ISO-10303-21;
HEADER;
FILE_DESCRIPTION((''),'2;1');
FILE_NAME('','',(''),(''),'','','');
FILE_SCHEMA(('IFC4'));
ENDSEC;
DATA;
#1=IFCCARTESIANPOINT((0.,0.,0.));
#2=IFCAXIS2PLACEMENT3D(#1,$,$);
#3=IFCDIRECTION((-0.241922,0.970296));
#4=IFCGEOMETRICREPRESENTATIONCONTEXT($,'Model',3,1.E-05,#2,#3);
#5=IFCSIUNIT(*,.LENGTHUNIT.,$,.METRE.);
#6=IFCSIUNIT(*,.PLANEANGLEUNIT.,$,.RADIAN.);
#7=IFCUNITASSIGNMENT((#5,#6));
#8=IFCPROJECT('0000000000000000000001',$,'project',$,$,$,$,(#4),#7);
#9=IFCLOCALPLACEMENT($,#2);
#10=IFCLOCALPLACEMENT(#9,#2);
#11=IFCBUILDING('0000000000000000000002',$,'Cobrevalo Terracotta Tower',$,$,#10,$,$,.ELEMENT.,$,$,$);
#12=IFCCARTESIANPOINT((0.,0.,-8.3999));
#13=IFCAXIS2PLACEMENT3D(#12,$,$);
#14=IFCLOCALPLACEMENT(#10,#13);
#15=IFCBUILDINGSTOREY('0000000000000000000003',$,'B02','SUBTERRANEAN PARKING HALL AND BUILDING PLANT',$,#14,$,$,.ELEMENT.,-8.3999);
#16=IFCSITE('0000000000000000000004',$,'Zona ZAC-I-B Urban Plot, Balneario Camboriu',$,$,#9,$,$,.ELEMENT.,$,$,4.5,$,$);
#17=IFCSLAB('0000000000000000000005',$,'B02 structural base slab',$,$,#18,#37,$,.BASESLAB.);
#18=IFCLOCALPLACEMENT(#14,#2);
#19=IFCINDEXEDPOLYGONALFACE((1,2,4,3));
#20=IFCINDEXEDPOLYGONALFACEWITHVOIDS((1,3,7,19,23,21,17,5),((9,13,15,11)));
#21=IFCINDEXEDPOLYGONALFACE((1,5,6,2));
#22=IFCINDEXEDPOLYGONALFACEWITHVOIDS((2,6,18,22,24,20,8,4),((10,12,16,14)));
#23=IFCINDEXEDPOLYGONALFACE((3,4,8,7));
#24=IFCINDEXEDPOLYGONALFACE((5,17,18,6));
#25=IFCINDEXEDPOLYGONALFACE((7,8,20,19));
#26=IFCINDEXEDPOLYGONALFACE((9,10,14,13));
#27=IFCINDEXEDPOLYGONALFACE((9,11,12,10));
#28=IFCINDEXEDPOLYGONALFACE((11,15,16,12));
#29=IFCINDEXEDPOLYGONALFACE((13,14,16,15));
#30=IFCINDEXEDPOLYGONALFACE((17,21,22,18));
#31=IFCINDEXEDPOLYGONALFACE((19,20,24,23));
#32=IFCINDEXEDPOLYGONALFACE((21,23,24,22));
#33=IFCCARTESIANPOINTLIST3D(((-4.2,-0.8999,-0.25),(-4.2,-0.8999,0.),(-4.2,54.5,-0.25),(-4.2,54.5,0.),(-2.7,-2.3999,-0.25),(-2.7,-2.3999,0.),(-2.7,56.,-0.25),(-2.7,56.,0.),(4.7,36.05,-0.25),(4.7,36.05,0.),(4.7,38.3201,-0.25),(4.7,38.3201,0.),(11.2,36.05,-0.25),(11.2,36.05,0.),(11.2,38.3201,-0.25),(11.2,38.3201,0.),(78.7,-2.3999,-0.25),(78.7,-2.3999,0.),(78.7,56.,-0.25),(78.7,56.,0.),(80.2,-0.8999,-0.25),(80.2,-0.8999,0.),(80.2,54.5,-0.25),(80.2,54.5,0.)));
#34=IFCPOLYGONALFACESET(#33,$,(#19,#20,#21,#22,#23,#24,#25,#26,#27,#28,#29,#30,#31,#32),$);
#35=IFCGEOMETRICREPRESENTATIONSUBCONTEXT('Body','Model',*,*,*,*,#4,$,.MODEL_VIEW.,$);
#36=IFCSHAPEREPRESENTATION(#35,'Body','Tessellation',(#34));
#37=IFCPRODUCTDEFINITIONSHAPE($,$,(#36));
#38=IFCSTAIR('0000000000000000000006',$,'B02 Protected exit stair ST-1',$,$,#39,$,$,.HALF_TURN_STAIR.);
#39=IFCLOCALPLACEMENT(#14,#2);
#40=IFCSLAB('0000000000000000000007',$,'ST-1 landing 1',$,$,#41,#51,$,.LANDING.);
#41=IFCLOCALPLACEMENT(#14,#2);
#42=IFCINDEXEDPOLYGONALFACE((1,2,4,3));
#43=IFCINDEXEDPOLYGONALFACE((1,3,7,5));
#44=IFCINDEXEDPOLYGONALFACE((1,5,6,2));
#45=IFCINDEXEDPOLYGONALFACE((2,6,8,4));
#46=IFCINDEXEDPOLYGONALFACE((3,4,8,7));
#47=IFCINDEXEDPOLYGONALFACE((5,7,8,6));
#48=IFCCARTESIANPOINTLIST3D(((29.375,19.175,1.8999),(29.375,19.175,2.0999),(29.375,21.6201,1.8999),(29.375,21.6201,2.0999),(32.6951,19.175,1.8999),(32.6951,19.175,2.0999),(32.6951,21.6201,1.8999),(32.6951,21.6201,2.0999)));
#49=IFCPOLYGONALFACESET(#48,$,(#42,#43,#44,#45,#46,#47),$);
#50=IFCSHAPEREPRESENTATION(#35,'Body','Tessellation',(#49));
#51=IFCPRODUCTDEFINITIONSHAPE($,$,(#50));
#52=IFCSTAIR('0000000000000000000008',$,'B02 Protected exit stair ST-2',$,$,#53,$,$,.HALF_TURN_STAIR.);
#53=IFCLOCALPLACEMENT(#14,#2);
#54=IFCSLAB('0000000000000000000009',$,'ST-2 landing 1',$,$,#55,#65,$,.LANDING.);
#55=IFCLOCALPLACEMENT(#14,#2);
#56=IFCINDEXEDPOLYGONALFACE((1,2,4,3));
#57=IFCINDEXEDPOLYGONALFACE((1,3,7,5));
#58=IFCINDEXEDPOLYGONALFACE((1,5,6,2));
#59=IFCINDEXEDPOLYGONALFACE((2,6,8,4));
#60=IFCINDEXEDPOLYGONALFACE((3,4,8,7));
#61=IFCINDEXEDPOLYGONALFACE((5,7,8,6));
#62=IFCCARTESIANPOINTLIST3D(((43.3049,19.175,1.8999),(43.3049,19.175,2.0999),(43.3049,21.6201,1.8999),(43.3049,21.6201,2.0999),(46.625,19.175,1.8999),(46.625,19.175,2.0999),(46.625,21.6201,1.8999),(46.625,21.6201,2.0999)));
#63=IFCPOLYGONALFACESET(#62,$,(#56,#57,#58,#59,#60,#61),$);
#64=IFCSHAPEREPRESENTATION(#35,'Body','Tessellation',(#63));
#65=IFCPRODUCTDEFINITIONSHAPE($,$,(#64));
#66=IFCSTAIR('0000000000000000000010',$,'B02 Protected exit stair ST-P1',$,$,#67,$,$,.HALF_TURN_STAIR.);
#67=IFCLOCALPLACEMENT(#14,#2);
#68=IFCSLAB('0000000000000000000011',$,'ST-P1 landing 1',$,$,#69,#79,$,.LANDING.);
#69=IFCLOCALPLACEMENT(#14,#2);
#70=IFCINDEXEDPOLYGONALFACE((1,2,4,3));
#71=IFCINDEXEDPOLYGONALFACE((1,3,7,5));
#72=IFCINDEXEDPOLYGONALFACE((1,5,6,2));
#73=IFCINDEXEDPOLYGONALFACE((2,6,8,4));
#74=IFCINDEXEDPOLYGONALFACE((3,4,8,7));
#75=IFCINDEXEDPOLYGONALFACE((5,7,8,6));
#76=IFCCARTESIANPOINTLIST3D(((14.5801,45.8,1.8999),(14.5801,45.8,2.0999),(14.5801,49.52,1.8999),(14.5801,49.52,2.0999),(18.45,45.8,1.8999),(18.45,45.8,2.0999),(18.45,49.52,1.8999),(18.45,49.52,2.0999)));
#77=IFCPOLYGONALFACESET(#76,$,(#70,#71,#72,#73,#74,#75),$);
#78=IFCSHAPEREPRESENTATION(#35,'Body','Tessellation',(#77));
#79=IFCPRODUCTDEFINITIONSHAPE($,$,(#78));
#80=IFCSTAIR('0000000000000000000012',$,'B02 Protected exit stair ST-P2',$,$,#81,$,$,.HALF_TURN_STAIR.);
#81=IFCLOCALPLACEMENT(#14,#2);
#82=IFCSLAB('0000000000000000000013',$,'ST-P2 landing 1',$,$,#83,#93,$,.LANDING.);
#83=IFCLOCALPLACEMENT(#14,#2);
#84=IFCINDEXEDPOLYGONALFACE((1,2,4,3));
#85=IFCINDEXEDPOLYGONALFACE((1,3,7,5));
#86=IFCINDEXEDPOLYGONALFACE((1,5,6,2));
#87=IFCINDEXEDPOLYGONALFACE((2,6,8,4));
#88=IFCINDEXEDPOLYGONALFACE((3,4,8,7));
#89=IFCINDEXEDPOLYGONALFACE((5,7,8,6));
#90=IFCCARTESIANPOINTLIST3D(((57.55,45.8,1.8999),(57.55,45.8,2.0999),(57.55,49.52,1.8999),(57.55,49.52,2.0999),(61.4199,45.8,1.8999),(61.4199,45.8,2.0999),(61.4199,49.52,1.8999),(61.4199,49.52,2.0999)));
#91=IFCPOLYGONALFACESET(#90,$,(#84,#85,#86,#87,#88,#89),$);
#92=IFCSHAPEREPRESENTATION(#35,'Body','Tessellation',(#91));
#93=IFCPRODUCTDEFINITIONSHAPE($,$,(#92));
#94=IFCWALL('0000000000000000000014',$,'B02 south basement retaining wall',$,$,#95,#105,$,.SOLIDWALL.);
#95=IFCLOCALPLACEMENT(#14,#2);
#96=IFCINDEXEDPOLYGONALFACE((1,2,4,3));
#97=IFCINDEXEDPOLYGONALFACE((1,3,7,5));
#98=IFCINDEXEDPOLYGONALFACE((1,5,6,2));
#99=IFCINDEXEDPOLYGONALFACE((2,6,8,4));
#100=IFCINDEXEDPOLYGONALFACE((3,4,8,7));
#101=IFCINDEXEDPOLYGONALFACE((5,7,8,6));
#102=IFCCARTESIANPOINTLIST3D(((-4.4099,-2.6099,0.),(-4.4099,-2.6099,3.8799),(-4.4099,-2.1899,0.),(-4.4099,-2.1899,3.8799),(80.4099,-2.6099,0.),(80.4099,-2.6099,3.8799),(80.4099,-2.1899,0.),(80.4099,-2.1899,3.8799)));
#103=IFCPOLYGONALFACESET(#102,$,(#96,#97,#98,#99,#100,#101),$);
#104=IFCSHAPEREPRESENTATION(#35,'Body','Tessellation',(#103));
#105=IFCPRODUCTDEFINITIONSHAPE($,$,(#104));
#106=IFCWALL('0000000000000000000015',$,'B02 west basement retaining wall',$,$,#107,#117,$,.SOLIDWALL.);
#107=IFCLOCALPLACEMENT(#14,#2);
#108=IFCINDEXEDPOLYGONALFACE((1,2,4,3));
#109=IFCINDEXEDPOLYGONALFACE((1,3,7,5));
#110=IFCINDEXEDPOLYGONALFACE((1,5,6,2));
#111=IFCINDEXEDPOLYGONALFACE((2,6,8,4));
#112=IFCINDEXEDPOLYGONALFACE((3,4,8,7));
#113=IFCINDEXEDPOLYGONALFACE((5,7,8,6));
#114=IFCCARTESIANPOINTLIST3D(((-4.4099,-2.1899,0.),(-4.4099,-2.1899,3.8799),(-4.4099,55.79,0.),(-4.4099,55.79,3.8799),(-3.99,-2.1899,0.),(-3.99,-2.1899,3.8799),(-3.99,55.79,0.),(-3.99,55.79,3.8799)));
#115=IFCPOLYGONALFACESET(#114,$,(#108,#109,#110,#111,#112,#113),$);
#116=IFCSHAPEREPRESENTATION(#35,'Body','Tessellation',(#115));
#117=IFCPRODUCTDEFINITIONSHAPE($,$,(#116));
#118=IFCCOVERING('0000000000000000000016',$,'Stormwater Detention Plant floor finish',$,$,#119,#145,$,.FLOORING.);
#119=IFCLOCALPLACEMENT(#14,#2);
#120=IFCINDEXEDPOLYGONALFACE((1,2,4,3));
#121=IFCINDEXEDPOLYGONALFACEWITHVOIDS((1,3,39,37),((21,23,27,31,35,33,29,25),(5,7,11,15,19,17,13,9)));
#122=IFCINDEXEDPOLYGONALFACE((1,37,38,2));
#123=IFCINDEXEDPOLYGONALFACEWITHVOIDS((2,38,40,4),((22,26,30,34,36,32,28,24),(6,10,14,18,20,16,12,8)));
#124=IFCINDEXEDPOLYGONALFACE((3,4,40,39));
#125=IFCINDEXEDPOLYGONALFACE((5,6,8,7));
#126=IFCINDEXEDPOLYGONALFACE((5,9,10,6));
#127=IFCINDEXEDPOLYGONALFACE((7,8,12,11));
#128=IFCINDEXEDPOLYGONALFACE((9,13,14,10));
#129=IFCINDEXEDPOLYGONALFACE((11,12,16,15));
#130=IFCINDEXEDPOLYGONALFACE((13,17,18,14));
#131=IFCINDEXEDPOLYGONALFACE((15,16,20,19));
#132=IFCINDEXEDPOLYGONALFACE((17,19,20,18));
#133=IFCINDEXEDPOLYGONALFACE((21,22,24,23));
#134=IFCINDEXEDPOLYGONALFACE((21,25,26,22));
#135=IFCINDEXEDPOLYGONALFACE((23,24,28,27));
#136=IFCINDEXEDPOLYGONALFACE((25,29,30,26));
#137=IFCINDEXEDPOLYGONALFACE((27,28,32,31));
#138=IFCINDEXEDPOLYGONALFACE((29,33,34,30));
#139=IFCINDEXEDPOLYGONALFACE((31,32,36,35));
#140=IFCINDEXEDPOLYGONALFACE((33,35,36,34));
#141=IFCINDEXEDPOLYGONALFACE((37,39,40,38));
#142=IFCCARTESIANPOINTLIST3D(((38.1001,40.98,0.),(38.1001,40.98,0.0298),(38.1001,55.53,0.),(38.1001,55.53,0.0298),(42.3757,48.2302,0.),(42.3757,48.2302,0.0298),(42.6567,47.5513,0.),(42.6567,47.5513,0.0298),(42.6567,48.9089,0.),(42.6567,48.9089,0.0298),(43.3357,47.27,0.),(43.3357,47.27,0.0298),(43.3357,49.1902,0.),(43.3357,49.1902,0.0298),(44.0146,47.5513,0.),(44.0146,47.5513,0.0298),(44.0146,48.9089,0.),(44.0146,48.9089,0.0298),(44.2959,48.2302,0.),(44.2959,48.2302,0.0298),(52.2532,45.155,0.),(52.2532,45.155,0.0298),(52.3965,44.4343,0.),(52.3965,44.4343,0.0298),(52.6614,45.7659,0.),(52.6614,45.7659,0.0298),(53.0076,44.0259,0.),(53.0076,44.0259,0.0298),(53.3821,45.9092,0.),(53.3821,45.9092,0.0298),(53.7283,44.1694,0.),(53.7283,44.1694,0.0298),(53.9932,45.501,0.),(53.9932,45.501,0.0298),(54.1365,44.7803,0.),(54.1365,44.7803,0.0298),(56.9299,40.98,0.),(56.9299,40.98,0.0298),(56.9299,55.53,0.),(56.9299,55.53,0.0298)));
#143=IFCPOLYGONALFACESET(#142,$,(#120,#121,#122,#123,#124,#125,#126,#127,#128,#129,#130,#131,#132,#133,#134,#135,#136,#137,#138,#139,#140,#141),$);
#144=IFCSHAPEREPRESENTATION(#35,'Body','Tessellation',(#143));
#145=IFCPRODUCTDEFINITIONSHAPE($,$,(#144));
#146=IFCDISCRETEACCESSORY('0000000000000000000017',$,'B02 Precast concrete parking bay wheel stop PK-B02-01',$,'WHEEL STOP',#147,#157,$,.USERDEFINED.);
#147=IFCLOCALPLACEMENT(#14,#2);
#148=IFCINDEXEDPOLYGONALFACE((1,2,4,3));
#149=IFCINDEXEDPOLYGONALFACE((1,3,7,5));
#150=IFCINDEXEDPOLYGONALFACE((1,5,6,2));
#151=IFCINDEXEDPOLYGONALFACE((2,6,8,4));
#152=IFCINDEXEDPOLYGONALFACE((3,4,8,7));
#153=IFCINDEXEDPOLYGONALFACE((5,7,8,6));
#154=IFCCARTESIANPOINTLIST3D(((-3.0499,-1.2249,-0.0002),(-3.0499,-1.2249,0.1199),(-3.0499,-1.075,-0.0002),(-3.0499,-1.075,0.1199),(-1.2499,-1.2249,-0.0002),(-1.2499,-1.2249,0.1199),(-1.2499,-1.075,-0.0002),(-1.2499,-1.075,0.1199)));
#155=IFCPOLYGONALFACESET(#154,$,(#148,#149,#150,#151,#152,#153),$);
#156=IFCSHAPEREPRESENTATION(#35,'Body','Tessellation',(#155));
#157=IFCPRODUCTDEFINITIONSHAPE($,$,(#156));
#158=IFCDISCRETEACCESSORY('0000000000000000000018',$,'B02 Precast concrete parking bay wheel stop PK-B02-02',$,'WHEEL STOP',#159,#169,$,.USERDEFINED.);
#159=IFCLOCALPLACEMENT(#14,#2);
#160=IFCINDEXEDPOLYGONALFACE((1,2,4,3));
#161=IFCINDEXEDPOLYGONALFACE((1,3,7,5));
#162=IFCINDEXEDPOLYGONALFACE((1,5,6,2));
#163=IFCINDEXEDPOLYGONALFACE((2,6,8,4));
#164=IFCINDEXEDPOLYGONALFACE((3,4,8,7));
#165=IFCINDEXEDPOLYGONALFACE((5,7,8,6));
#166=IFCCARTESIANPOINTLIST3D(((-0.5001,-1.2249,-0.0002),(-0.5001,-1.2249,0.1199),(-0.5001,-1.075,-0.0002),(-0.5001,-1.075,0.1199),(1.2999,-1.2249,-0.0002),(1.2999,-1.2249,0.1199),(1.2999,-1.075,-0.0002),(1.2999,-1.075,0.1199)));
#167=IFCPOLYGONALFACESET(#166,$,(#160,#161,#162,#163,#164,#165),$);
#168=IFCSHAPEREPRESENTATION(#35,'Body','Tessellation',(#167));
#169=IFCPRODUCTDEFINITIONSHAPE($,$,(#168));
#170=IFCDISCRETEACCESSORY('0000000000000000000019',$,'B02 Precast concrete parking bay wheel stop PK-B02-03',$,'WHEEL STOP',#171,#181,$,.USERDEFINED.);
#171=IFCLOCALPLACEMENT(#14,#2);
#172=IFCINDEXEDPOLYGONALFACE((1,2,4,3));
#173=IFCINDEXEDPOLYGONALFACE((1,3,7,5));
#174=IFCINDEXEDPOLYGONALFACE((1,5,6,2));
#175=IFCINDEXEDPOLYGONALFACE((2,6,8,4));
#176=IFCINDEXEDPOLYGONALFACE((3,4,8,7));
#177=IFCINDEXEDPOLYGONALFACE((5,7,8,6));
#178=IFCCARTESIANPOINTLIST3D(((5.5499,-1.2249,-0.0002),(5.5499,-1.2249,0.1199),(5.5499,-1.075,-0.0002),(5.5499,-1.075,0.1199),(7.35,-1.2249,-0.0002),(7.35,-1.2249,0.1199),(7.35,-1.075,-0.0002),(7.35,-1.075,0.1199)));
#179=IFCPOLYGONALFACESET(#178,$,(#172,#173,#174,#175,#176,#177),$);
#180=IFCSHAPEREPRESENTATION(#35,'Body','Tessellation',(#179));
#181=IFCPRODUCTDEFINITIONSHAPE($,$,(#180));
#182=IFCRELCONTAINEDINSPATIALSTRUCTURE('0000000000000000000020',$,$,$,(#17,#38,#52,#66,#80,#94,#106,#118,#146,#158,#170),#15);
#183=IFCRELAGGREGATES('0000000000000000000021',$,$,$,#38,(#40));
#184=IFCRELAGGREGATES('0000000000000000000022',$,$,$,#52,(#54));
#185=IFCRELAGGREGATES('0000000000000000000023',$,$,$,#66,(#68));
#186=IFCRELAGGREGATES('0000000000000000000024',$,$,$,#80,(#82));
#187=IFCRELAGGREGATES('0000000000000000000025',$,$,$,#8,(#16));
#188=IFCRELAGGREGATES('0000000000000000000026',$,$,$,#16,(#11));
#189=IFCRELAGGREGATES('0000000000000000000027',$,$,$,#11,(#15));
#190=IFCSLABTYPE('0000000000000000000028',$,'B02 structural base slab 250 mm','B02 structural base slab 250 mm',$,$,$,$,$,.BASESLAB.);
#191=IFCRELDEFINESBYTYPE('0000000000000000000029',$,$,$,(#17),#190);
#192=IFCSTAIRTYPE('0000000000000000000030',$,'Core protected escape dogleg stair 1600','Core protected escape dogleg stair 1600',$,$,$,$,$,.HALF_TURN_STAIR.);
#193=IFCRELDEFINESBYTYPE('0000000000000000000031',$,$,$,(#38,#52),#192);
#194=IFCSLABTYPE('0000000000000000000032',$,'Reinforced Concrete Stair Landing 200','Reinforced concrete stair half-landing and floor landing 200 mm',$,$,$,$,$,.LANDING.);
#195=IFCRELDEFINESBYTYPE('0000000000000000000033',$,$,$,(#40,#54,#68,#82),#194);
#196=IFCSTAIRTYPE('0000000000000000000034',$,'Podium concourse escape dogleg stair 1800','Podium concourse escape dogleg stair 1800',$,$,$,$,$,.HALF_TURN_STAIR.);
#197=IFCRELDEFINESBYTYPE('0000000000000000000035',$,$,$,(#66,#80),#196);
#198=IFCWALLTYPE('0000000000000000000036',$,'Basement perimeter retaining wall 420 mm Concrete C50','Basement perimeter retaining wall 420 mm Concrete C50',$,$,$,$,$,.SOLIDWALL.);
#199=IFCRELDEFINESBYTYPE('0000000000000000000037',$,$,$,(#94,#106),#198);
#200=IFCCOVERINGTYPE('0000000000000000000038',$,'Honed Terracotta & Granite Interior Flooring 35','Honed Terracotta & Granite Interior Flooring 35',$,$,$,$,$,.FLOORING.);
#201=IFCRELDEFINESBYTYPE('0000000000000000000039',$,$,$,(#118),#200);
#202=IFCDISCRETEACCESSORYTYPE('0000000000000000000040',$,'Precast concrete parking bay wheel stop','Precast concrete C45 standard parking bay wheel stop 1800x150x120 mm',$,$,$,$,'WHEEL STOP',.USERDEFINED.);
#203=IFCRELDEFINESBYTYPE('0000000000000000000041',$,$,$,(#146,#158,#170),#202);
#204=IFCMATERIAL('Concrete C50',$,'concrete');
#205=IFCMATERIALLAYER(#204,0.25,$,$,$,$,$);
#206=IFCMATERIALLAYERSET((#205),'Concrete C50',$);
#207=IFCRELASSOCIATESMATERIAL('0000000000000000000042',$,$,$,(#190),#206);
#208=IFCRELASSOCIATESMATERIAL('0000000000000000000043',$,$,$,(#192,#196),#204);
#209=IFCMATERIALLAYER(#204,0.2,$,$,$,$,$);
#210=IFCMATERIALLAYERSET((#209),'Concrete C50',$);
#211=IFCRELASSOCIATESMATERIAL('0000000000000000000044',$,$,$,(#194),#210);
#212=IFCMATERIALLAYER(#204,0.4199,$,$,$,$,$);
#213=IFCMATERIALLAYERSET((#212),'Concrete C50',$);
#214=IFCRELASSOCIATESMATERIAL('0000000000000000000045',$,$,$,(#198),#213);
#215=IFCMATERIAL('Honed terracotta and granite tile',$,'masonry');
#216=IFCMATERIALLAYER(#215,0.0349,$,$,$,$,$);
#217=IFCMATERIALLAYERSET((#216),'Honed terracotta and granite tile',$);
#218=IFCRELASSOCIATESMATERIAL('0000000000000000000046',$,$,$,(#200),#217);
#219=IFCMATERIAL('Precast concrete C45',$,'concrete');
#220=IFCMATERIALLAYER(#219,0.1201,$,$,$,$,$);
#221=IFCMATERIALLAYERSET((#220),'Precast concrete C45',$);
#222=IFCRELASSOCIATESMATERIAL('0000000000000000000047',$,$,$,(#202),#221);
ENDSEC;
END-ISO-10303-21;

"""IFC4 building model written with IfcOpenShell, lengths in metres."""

from ifc_helpers import new_model, si_unit, direction, frame, frame_2d, origin, origin_2d, place, context, subcontext, project, spatial, polyline, rectangle, outline, extrude, source, transform, mapped, material, layer, layer_set, type_object, element, aggregate, save


model = new_model("IFC4")

# Units and contexts
model_context = context("Model", 3, precision=1e-05, world=origin(), true_north=direction((-0.241922, 0.970296)))
body_context = subcontext(model_context, "Body", "Model", "MODEL_VIEW")
ifc_project = project(units=[si_unit("LENGTHUNIT", "METRE"), si_unit("PLANEANGLEUNIT", "RADIAN")], contexts=[model_context])

# Site, building, storey
site_placement = place(None, origin())
site = spatial("IfcSite", under=ifc_project, at=site_placement, Name="Zona ZAC-I-B Urban Plot, Balneario Camboriu", CompositionType="ELEMENT", RefElevation=4.5)
building_placement = place(site_placement, origin())
building = spatial("IfcBuilding", under=site, at=building_placement, Name="Cobrevalo Terracotta Tower", CompositionType="ELEMENT")
storey_placement = place(building_placement, frame((0.0, 0.0, -8.3999)))
storey = spatial("IfcBuildingStorey", under=building, at=storey_placement, Name="B02", Description="SUBTERRANEAN PARKING HALL AND BUILDING PLANT", CompositionType="ELEMENT", Elevation=-8.3999)

# Shared definitions
ifc_material_1 = material(Name="Concrete C50", Category="concrete")

# Slab
ifc_layer_1 = layer(ifc_material_1, 0.25)
ifc_layer_set_1 = layer_set([ifc_layer_1], Name="Concrete C50")
slab_type_1 = type_object("IfcSlabType", Name="B02 structural base slab 250 mm", Description="B02 structural base slab 250 mm", PredefinedType="BASESLAB", material=ifc_layer_set_1)
slab_1_placement = place(storey_placement, frame((0.0, 0.0, -0.25)))
element("IfcSlab", 1, at=slab_1_placement, inside=storey, type_object=slab_type_1, Name="B02 structural base slab", PredefinedType="BASESLAB", context=body_context, shape_type="SweptSolid", body=[
    extrude(outline(polyline([(-4.2, -0.8999), (-4.2, 54.5), (-2.7, 56.0), (78.7, 56.0), (80.2, 54.5), (80.2, -0.8999), (78.7, -2.3999), (-2.7, -2.3999), (-4.2, -0.8999)]), holes=[polyline([(11.2, 36.05), (11.2, 38.3201), (4.7, 38.3201), (4.7, 36.05), (11.2, 36.05)])]), origin(), (0.0, 0.0, 1.0), 0.25),
])

# Stairs, slabs
stair_type_1 = type_object("IfcStairType", Name="Core protected escape dogleg stair 1600", Description="Core protected escape dogleg stair 1600", PredefinedType="HALF_TURN_STAIR", material=ifc_material_1)
stair_1_placement = place(storey_placement, origin())
stair_1 = element("IfcStair", 2, at=stair_1_placement, inside=storey, type_object=stair_type_1, Name="B02 Protected exit stair ST-1", PredefinedType="HALF_TURN_STAIR")
ifc_layer_2 = layer(ifc_material_1, 0.2)
ifc_layer_set_2 = layer_set([ifc_layer_2], Name="Concrete C50")
slab_type_2 = type_object("IfcSlabType", Name="Reinforced Concrete Stair Landing 200", Description="Reinforced concrete stair half-landing and floor landing 200 mm", PredefinedType="LANDING", material=ifc_layer_set_2)
slab_2_placement = place(storey_placement, frame((0.0, 0.0, 1.8999)))
slab_2 = element("IfcSlab", 3, at=slab_2_placement, type_object=slab_type_2, Name="ST-1 landing 1", PredefinedType="LANDING", context=body_context, shape_type="SweptSolid", body=[
    extrude(outline(polyline([(29.375, 21.6201), (29.375, 19.175), (32.6951, 19.175), (32.6951, 21.6201), (29.375, 21.6201)])), origin(), (0.0, 0.0, 1.0), 0.2),
])
aggregate(stair_1, [slab_2])
stair_2_placement = place(storey_placement, origin())
stair_2 = element("IfcStair", 4, at=stair_2_placement, inside=storey, type_object=stair_type_1, Name="B02 Protected exit stair ST-2", PredefinedType="HALF_TURN_STAIR")
slab_3_placement = place(storey_placement, frame((0.0, 0.0, 1.8999)))
slab_3 = element("IfcSlab", 5, at=slab_3_placement, type_object=slab_type_2, Name="ST-2 landing 1", PredefinedType="LANDING", context=body_context, shape_type="SweptSolid", body=[
    extrude(outline(polyline([(43.3049, 21.6201), (43.3049, 19.175), (46.625, 19.175), (46.625, 21.6201), (43.3049, 21.6201)])), origin(), (0.0, 0.0, 1.0), 0.2),
])
aggregate(stair_2, [slab_3])
stair_type_2 = type_object("IfcStairType", Name="Podium concourse escape dogleg stair 1800", Description="Podium concourse escape dogleg stair 1800", PredefinedType="HALF_TURN_STAIR", material=ifc_material_1)
stair_3_placement = place(storey_placement, origin())
stair_3 = element("IfcStair", 6, at=stair_3_placement, inside=storey, type_object=stair_type_2, Name="B02 Protected exit stair ST-P1", PredefinedType="HALF_TURN_STAIR")
slab_4_placement = place(storey_placement, frame((0.0, 0.0, 1.8999)))
slab_4 = element("IfcSlab", 7, at=slab_4_placement, type_object=slab_type_2, Name="ST-P1 landing 1", PredefinedType="LANDING", context=body_context, shape_type="SweptSolid", body=[
    extrude(outline(polyline([(14.5801, 45.8), (18.45, 45.8), (18.45, 49.52), (14.5801, 49.52), (14.5801, 45.8)])), origin(), (0.0, 0.0, 1.0), 0.2),
])
aggregate(stair_3, [slab_4])
stair_4_placement = place(storey_placement, origin())
stair_4 = element("IfcStair", 8, at=stair_4_placement, inside=storey, type_object=stair_type_2, Name="B02 Protected exit stair ST-P2", PredefinedType="HALF_TURN_STAIR")
slab_5_placement = place(storey_placement, frame((0.0, 0.0, 1.8999)))
slab_5 = element("IfcSlab", 9, at=slab_5_placement, type_object=slab_type_2, Name="ST-P2 landing 1", PredefinedType="LANDING", context=body_context, shape_type="SweptSolid", body=[
    extrude(outline(polyline([(61.4199, 49.52), (57.55, 49.52), (57.55, 45.8), (61.4199, 45.8), (61.4199, 49.52)])), origin(), (0.0, 0.0, 1.0), 0.2),
])
aggregate(stair_4, [slab_5])

# Walls
ifc_layer_3 = layer(ifc_material_1, 0.4199)
ifc_layer_set_3 = layer_set([ifc_layer_3], Name="Concrete C50")
wall_type = type_object("IfcWallType", Name="Basement perimeter retaining wall 420 mm Concrete C50", Description="Basement perimeter retaining wall 420 mm Concrete C50", PredefinedType="SOLIDWALL", material=ifc_layer_set_3)
wall_1_placement = place(storey_placement, frame((-4.4099, -2.3999, 0.0), z_axis=(0.0, 0.0, 1.0), x_axis=(1.0, 0.0, 0.0)))
element("IfcWall", 10, at=wall_1_placement, inside=storey, type_object=wall_type, Name="B02 south basement retaining wall", PredefinedType="SOLIDWALL", context=body_context, shape_type="SweptSolid", body=[
    extrude(rectangle(XDim=84.8198, YDim=0.4199, at=frame_2d((42.4099, 0.0))), origin(), (0.0, 0.0, 1.0), 3.8799),
])
wall_2_placement = place(storey_placement, frame((-4.2, -2.1899, 0.0), z_axis=(0.0, 0.0, 1.0), x_axis=(0.0, 1.0, 0.0)))
element("IfcWall", 11, at=wall_2_placement, inside=storey, type_object=wall_type, Name="B02 west basement retaining wall", PredefinedType="SOLIDWALL", context=body_context, shape_type="SweptSolid", body=[
    extrude(rectangle(XDim=57.98, YDim=0.4199, at=frame_2d((28.99, 0.0))), origin(), (0.0, 0.0, 1.0), 3.8799),
])

# Covering
ifc_material_2 = material(Name="Honed terracotta and granite tile", Category="masonry")
ifc_layer_4 = layer(ifc_material_2, 0.0349)
ifc_layer_set_4 = layer_set([ifc_layer_4], Name="Honed terracotta and granite tile")
covering_type = type_object("IfcCoveringType", Name="Honed Terracotta & Granite Interior Flooring 35", Description="Honed Terracotta & Granite Interior Flooring 35", PredefinedType="FLOORING", material=ifc_layer_set_4)
covering_placement = place(storey_placement, origin())
element("IfcCovering", 12, at=covering_placement, inside=storey, type_object=covering_type, Name="Stormwater Detention Plant floor finish", PredefinedType="FLOORING", context=body_context, shape_type="SweptSolid", body=[
    extrude(outline(polyline([(56.9299, 55.53), (56.9299, 40.98), (38.1001, 40.98), (38.1001, 55.53), (56.9299, 55.53)]), holes=[polyline([(53.7283, 44.1694), (54.1365, 44.7803), (53.9932, 45.501), (53.3821, 45.9092), (52.6614, 45.7659), (52.2532, 45.155), (52.3965, 44.4343), (53.0076, 44.0259), (53.7283, 44.1694)]), polyline([(44.0146, 47.5513), (44.2959, 48.2302), (44.0146, 48.9089), (43.3357, 49.1902), (42.6567, 48.9089), (42.3757, 48.2302), (42.6567, 47.5513), (43.3357, 47.27), (44.0146, 47.5513)])]), origin(), (0.0, 0.0, 1.0), 0.0298),
])

# Discrete accessories
ifc_material_3 = material(Name="Precast concrete C45", Category="concrete")
ifc_layer_5 = layer(ifc_material_3, 0.1201)
ifc_layer_set_5 = layer_set([ifc_layer_5], Name="Precast concrete C45")
discrete_accessory_type = type_object("IfcDiscreteAccessoryType", Name="Precast concrete parking bay wheel stop", Description="Precast concrete C45 standard parking bay wheel stop 1800x150x120 mm", ElementType="WHEEL STOP", PredefinedType="USERDEFINED", material=ifc_layer_set_5)
shared_shape = source(origin(), body_context, "Body", "SweptSolid", [
    extrude(rectangle(XDim=1.8, YDim=0.1499, at=origin_2d()), origin(), (0.0, 0.0, 1.0), 0.1201),
])
for number, where, z_axis, x_axis, name in (
    (13, (-2.1499, -1.1499, -0.0002), (0.0, 0.0, 1.0), (1.0, 0.0, 0.0), "B02 Precast concrete parking bay wheel stop PK-B02-01"),
    (14, (0.3999, -1.1499, -0.0002), (0.0, 0.0, 1.0), (1.0, 0.0, 0.0), "B02 Precast concrete parking bay wheel stop PK-B02-02"),
    (15, (6.45, -1.1499, -0.0002), (0.0, 0.0, 1.0), (1.0, 0.0, 0.0), "B02 Precast concrete parking bay wheel stop PK-B02-03"),
):
    element("IfcDiscreteAccessory", number, at=place(storey_placement, frame(where, z_axis=z_axis, x_axis=x_axis)), inside=storey, type_object=discrete_accessory_type, Name=name, ObjectType="WHEEL STOP", PredefinedType="USERDEFINED", context=body_context, shape_type="MappedRepresentation", body=[
        mapped(shared_shape, transform((0.0, 0.0, 0.0), scale=1.0)),
    ])

save(model, "model.ifc")
